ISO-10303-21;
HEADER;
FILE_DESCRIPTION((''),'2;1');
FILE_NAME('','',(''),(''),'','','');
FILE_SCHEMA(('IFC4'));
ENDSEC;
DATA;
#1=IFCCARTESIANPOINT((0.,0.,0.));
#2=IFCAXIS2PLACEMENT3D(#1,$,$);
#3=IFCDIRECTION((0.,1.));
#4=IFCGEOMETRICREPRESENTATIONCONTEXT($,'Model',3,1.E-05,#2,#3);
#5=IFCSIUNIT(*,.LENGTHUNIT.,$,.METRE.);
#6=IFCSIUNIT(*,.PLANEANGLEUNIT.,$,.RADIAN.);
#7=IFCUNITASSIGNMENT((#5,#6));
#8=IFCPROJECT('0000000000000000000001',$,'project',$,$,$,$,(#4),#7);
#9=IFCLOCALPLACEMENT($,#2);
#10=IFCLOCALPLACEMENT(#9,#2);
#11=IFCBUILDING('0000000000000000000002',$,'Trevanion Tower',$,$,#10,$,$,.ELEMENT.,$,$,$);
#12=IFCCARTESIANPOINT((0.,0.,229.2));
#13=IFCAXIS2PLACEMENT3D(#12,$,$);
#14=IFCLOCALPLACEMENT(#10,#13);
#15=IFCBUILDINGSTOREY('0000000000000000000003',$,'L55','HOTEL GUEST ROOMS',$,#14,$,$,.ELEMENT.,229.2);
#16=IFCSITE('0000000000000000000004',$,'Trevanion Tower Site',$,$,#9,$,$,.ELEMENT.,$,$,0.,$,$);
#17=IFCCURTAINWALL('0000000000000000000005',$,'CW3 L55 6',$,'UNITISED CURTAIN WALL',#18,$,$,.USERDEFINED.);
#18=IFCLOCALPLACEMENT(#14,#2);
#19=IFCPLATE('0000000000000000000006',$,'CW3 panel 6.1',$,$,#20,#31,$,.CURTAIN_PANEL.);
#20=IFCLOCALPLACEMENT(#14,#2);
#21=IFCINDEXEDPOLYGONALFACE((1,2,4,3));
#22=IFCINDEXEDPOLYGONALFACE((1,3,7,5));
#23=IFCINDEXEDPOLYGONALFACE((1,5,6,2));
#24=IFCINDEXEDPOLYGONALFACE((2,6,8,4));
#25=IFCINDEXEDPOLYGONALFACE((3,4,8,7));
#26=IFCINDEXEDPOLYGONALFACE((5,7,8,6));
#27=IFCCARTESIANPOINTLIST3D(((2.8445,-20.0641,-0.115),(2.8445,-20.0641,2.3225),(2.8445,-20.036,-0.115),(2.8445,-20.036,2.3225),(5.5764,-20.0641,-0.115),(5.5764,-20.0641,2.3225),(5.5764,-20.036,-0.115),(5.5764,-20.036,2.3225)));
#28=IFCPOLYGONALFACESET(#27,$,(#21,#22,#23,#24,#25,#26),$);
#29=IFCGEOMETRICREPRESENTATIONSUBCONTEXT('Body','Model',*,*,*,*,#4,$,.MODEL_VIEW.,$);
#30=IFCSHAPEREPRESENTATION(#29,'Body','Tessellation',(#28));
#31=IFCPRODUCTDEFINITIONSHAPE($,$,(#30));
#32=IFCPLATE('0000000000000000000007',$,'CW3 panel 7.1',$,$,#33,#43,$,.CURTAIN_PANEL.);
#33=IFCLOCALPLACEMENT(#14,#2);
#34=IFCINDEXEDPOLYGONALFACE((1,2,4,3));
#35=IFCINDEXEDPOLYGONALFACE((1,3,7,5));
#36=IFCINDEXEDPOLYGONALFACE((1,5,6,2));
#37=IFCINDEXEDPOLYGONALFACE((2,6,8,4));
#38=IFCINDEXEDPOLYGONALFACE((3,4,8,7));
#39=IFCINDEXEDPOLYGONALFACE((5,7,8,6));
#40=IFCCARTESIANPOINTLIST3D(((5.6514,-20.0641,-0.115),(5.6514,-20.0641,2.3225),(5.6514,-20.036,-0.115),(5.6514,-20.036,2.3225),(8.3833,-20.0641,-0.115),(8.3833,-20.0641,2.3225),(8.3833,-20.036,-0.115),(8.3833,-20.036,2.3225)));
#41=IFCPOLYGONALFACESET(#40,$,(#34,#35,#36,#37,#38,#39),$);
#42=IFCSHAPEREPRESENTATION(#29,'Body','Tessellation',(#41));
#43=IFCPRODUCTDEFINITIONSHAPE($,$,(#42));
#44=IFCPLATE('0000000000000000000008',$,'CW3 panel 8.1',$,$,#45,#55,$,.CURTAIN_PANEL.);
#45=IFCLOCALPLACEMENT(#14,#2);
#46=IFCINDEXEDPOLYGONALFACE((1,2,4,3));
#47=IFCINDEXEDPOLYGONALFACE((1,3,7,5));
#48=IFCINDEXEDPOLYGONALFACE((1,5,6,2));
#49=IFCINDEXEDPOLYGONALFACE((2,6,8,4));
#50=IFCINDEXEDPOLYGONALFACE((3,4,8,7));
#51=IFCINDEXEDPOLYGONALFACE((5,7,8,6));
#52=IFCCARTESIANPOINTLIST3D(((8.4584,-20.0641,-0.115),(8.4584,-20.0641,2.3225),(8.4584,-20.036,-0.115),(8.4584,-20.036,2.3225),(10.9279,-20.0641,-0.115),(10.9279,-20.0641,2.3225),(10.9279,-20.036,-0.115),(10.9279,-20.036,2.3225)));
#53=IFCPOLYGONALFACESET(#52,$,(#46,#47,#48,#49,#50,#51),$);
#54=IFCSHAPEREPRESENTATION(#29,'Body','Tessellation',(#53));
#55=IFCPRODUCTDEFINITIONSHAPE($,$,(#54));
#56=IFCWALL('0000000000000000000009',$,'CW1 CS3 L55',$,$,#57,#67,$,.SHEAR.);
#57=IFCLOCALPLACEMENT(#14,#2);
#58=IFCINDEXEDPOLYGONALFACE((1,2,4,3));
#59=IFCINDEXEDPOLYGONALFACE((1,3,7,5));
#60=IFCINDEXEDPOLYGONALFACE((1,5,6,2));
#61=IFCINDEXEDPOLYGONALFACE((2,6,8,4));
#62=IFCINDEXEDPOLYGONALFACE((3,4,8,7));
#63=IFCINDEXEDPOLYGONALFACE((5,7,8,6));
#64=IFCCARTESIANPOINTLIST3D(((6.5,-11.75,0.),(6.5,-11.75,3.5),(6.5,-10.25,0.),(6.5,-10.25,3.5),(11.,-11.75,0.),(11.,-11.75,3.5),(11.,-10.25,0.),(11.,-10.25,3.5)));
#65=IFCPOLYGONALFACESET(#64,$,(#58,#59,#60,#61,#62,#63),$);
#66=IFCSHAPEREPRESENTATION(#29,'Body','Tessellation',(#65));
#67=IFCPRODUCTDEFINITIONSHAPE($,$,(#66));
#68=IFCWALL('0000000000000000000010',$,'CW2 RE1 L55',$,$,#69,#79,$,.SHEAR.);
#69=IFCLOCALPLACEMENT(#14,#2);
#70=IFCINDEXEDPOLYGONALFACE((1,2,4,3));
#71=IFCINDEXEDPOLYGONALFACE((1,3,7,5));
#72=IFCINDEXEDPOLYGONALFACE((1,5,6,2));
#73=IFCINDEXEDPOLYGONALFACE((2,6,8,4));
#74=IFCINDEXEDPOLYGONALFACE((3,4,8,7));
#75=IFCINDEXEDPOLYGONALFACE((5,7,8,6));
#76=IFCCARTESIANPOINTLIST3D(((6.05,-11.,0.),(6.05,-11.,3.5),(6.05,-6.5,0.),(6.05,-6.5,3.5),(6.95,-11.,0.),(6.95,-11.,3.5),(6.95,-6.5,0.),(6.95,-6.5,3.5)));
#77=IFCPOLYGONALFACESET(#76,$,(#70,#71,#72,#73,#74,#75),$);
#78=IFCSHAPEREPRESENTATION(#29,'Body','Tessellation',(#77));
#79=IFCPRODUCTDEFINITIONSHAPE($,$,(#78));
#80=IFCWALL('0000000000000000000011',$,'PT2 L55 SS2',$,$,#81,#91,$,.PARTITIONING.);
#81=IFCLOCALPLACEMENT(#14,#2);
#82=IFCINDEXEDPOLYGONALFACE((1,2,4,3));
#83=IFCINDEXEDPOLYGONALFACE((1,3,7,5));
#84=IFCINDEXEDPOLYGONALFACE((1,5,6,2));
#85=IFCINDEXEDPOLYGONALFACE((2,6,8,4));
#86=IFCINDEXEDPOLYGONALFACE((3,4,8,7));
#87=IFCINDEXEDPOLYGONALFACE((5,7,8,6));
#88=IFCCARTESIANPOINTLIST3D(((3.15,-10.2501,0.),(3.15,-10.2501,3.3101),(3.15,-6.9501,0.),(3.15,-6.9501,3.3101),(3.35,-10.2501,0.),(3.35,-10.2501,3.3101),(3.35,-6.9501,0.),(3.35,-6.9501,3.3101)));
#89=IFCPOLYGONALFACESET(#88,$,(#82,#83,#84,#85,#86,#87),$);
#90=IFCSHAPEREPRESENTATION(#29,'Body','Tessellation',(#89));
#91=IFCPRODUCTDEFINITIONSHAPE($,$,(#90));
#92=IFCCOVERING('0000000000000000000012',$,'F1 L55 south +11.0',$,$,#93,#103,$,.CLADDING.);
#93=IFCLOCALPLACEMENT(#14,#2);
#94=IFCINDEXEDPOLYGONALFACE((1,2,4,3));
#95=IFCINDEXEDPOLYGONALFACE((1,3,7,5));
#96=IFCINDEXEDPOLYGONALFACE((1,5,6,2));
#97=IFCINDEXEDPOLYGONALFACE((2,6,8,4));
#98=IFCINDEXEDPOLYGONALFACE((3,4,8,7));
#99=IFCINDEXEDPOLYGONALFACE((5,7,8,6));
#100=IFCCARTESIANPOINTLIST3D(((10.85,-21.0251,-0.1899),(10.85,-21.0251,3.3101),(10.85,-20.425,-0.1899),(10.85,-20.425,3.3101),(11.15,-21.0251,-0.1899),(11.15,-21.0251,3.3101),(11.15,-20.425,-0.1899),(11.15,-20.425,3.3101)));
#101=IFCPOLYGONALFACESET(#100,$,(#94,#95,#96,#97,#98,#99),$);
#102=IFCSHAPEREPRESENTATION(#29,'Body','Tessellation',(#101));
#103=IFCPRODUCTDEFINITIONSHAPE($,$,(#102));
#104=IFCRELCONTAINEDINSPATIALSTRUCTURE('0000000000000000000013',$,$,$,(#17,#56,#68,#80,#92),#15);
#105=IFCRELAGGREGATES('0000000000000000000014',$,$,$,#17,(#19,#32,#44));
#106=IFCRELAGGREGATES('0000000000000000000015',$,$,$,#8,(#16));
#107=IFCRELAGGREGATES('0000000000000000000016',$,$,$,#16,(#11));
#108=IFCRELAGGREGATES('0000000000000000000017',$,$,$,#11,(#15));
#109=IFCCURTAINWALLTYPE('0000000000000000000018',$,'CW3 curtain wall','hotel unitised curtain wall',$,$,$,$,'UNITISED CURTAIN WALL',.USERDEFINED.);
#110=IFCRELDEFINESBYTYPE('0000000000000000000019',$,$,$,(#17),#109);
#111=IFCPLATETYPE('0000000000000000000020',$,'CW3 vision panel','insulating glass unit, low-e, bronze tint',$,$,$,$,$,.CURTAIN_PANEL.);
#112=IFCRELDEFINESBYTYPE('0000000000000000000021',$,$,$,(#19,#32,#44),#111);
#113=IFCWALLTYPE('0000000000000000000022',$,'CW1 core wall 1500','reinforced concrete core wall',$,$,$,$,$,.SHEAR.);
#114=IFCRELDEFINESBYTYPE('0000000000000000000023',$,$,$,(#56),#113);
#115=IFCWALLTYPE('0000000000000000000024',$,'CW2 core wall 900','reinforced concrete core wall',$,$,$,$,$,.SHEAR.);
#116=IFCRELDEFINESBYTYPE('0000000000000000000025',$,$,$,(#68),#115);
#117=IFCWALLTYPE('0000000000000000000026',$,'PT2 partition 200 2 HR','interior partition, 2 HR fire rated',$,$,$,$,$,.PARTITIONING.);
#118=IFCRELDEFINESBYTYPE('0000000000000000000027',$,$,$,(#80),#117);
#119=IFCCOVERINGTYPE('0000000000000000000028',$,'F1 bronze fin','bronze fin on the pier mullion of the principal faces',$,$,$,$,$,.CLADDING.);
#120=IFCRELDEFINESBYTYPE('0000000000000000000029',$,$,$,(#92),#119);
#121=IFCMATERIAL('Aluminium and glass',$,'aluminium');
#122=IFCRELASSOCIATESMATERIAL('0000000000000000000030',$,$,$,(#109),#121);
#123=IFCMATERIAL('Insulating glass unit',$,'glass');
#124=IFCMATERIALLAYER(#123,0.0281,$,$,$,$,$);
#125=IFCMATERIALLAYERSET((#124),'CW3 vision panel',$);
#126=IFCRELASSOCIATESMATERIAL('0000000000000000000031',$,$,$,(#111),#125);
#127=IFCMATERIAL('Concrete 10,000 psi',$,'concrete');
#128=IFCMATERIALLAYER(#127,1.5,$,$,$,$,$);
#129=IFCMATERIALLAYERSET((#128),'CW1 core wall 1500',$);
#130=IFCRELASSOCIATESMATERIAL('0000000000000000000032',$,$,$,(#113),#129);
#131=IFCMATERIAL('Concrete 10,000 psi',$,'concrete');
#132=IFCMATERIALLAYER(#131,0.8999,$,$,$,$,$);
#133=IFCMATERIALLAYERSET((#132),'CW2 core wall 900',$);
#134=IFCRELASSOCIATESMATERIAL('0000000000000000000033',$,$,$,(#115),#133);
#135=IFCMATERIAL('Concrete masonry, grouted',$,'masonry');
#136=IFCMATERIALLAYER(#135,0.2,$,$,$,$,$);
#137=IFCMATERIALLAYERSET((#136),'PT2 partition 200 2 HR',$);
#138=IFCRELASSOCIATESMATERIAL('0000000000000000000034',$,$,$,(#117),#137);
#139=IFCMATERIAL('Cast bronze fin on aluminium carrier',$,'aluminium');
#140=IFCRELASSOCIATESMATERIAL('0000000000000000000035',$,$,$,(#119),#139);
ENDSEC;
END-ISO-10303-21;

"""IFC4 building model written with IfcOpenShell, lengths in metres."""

from ifc_helpers import new_model, si_unit, direction, frame, frame_2d, origin, origin_2d, place, context, subcontext, project, spatial, rectangle, extrude, material, layer, layer_set, type_object, element, aggregate, save


model = new_model("IFC4")

# Units and contexts
model_context = context("Model", 3, precision=1e-05, world=origin(), true_north=direction((0.0, 1.0)))
body_context = subcontext(model_context, "Body", "Model", "MODEL_VIEW")
ifc_project = project(units=[si_unit("LENGTHUNIT", "METRE"), si_unit("PLANEANGLEUNIT", "RADIAN")], contexts=[model_context])

# Site, building, storey
site_placement = place(None, origin())
site = spatial("IfcSite", under=ifc_project, at=site_placement, Name="Trevanion Tower Site", CompositionType="ELEMENT", RefElevation=0.0)
building_placement = place(site_placement, origin())
building = spatial("IfcBuilding", under=site, at=building_placement, Name="Trevanion Tower", CompositionType="ELEMENT")
storey_placement = place(building_placement, frame((0.0, 0.0, 229.2)))
storey = spatial("IfcBuildingStorey", under=building, at=storey_placement, Name="L55", Description="HOTEL GUEST ROOMS", CompositionType="ELEMENT", Elevation=229.2)

# Curtain wall
ifc_material_1 = material(Name="Aluminium and glass", Category="aluminium")
curtain_wall_type = type_object("IfcCurtainWallType", Name="CW3 curtain wall", Description="hotel unitised curtain wall", ElementType="UNITISED CURTAIN WALL", PredefinedType="USERDEFINED", material=ifc_material_1)
curtain_wall_placement = place(storey_placement, origin())
curtain_wall = element("IfcCurtainWall", 1, at=curtain_wall_placement, inside=storey, type_object=curtain_wall_type, Name="CW3 L55 6", ObjectType="UNITISED CURTAIN WALL", PredefinedType="USERDEFINED")

# Plates
ifc_material_2 = material(Name="Insulating glass unit", Category="glass")
ifc_layer_1 = layer(ifc_material_2, 0.0281)
ifc_layer_set_1 = layer_set([ifc_layer_1], Name="CW3 vision panel")
plate_type_1 = type_object("IfcPlateType", Name="CW3 vision panel", Description="insulating glass unit, low-e, bronze tint", PredefinedType="CURTAIN_PANEL", material=ifc_layer_set_1)
plate_1_placement = place(storey_placement, frame((4.2104, -20.05, -0.115), z_axis=(0.0, 0.0, 1.0), x_axis=(1.0, 0.0, 0.0)))
plate_1 = element("IfcPlate", 2, at=plate_1_placement, type_object=plate_type_1, Name="CW3 panel 6.1", PredefinedType="CURTAIN_PANEL", context=body_context, shape_type="SweptSolid", body=[
    extrude(rectangle(XDim=2.7319, YDim=0.0281, at=origin_2d()), origin(), (0.0, 0.0, 1.0), 2.4375),
])
plate_2_placement = place(storey_placement, frame((7.0173, -20.05, -0.115), z_axis=(0.0, 0.0, 1.0), x_axis=(1.0, 0.0, 0.0)))
plate_2 = element("IfcPlate", 3, at=plate_2_placement, type_object=plate_type_1, Name="CW3 panel 7.1", PredefinedType="CURTAIN_PANEL", context=body_context, shape_type="SweptSolid", body=[
    extrude(rectangle(XDim=2.7319, YDim=0.0281, at=origin_2d()), origin(), (0.0, 0.0, 1.0), 2.4375),
])
plate_3_placement = place(storey_placement, frame((9.6931, -20.05, -0.115), z_axis=(0.0, 0.0, 1.0), x_axis=(1.0, 0.0, 0.0)))
plate_3 = element("IfcPlate", 4, at=plate_3_placement, type_object=plate_type_1, Name="CW3 panel 8.1", PredefinedType="CURTAIN_PANEL", context=body_context, shape_type="SweptSolid", body=[
    extrude(rectangle(XDim=2.4695, YDim=0.0281, at=origin_2d()), origin(), (0.0, 0.0, 1.0), 2.4375),
])
aggregate(curtain_wall, [plate_1, plate_2, plate_3])

# Walls
ifc_material_3 = material(Name="Concrete 10,000 psi", Category="concrete")
ifc_layer_2 = layer(ifc_material_3, 1.5)
ifc_layer_set_2 = layer_set([ifc_layer_2], Name="CW1 core wall 1500")
wall_type_1 = type_object("IfcWallType", Name="CW1 core wall 1500", Description="reinforced concrete core wall", PredefinedType="SHEAR", material=ifc_layer_set_2)
wall_1_placement = place(storey_placement, frame((6.5, -11.0, 0.0), z_axis=(0.0, 0.0, 1.0), x_axis=(1.0, 0.0, 0.0)))
element("IfcWall", 5, at=wall_1_placement, inside=storey, type_object=wall_type_1, Name="CW1 CS3 L55", PredefinedType="SHEAR", context=body_context, shape_type="SweptSolid", body=[
    extrude(rectangle(XDim=4.5, YDim=1.5, at=frame_2d((2.25, 0.0))), origin(), (0.0, 0.0, 1.0), 3.5),
])
ifc_material_4 = material(Name="Concrete 10,000 psi", Category="concrete")
ifc_layer_3 = layer(ifc_material_4, 0.8999)
ifc_layer_set_3 = layer_set([ifc_layer_3], Name="CW2 core wall 900")
wall_type_2 = type_object("IfcWallType", Name="CW2 core wall 900", Description="reinforced concrete core wall", PredefinedType="SHEAR", material=ifc_layer_set_3)
wall_2_placement = place(storey_placement, frame((6.5, -11.0, 0.0), z_axis=(0.0, 0.0, 1.0), x_axis=(0.0, 1.0, 0.0)))
element("IfcWall", 6, at=wall_2_placement, inside=storey, type_object=wall_type_2, Name="CW2 RE1 L55", PredefinedType="SHEAR", context=body_context, shape_type="SweptSolid", body=[
    extrude(rectangle(XDim=4.5, YDim=0.8999, at=frame_2d((2.25, 0.0))), origin(), (0.0, 0.0, 1.0), 3.5),
])
ifc_material_5 = material(Name="Concrete masonry, grouted", Category="masonry")
ifc_layer_4 = layer(ifc_material_5, 0.2)
ifc_layer_set_4 = layer_set([ifc_layer_4], Name="PT2 partition 200 2 HR")
wall_type_3 = type_object("IfcWallType", Name="PT2 partition 200 2 HR", Description="interior partition, 2 HR fire rated", PredefinedType="PARTITIONING", material=ifc_layer_set_4)
wall_3_placement = place(storey_placement, frame((3.25, -10.25, 0.0), z_axis=(0.0, 0.0, 1.0), x_axis=(0.0, 1.0, 0.0)))
element("IfcWall", 7, at=wall_3_placement, inside=storey, type_object=wall_type_3, Name="PT2 L55 SS2", PredefinedType="PARTITIONING", context=body_context, shape_type="SweptSolid", body=[
    extrude(rectangle(XDim=3.3, YDim=0.2, at=frame_2d((1.6499, 0.0))), origin(), (0.0, 0.0, 1.0), 3.3101),
])

# Covering
ifc_material_6 = material(Name="Cast bronze fin on aluminium carrier", Category="aluminium")
covering_type = type_object("IfcCoveringType", Name="F1 bronze fin", Description="bronze fin on the pier mullion of the principal faces", PredefinedType="CLADDING", material=ifc_material_6)
covering_placement = place(storey_placement, frame((11.0, -20.7251, -0.1899), z_axis=(0.0, 0.0, 1.0), x_axis=(1.0, 0.0, 0.0)))
element("IfcCovering", 8, at=covering_placement, inside=storey, type_object=covering_type, Name="F1 L55 south +11.0", PredefinedType="CLADDING", context=body_context, shape_type="SweptSolid", body=[
    extrude(rectangle(XDim=0.3, YDim=0.6001, at=origin_2d()), origin(), (0.0, 0.0, 1.0), 3.5),
])

save(model, "model.ifc")
